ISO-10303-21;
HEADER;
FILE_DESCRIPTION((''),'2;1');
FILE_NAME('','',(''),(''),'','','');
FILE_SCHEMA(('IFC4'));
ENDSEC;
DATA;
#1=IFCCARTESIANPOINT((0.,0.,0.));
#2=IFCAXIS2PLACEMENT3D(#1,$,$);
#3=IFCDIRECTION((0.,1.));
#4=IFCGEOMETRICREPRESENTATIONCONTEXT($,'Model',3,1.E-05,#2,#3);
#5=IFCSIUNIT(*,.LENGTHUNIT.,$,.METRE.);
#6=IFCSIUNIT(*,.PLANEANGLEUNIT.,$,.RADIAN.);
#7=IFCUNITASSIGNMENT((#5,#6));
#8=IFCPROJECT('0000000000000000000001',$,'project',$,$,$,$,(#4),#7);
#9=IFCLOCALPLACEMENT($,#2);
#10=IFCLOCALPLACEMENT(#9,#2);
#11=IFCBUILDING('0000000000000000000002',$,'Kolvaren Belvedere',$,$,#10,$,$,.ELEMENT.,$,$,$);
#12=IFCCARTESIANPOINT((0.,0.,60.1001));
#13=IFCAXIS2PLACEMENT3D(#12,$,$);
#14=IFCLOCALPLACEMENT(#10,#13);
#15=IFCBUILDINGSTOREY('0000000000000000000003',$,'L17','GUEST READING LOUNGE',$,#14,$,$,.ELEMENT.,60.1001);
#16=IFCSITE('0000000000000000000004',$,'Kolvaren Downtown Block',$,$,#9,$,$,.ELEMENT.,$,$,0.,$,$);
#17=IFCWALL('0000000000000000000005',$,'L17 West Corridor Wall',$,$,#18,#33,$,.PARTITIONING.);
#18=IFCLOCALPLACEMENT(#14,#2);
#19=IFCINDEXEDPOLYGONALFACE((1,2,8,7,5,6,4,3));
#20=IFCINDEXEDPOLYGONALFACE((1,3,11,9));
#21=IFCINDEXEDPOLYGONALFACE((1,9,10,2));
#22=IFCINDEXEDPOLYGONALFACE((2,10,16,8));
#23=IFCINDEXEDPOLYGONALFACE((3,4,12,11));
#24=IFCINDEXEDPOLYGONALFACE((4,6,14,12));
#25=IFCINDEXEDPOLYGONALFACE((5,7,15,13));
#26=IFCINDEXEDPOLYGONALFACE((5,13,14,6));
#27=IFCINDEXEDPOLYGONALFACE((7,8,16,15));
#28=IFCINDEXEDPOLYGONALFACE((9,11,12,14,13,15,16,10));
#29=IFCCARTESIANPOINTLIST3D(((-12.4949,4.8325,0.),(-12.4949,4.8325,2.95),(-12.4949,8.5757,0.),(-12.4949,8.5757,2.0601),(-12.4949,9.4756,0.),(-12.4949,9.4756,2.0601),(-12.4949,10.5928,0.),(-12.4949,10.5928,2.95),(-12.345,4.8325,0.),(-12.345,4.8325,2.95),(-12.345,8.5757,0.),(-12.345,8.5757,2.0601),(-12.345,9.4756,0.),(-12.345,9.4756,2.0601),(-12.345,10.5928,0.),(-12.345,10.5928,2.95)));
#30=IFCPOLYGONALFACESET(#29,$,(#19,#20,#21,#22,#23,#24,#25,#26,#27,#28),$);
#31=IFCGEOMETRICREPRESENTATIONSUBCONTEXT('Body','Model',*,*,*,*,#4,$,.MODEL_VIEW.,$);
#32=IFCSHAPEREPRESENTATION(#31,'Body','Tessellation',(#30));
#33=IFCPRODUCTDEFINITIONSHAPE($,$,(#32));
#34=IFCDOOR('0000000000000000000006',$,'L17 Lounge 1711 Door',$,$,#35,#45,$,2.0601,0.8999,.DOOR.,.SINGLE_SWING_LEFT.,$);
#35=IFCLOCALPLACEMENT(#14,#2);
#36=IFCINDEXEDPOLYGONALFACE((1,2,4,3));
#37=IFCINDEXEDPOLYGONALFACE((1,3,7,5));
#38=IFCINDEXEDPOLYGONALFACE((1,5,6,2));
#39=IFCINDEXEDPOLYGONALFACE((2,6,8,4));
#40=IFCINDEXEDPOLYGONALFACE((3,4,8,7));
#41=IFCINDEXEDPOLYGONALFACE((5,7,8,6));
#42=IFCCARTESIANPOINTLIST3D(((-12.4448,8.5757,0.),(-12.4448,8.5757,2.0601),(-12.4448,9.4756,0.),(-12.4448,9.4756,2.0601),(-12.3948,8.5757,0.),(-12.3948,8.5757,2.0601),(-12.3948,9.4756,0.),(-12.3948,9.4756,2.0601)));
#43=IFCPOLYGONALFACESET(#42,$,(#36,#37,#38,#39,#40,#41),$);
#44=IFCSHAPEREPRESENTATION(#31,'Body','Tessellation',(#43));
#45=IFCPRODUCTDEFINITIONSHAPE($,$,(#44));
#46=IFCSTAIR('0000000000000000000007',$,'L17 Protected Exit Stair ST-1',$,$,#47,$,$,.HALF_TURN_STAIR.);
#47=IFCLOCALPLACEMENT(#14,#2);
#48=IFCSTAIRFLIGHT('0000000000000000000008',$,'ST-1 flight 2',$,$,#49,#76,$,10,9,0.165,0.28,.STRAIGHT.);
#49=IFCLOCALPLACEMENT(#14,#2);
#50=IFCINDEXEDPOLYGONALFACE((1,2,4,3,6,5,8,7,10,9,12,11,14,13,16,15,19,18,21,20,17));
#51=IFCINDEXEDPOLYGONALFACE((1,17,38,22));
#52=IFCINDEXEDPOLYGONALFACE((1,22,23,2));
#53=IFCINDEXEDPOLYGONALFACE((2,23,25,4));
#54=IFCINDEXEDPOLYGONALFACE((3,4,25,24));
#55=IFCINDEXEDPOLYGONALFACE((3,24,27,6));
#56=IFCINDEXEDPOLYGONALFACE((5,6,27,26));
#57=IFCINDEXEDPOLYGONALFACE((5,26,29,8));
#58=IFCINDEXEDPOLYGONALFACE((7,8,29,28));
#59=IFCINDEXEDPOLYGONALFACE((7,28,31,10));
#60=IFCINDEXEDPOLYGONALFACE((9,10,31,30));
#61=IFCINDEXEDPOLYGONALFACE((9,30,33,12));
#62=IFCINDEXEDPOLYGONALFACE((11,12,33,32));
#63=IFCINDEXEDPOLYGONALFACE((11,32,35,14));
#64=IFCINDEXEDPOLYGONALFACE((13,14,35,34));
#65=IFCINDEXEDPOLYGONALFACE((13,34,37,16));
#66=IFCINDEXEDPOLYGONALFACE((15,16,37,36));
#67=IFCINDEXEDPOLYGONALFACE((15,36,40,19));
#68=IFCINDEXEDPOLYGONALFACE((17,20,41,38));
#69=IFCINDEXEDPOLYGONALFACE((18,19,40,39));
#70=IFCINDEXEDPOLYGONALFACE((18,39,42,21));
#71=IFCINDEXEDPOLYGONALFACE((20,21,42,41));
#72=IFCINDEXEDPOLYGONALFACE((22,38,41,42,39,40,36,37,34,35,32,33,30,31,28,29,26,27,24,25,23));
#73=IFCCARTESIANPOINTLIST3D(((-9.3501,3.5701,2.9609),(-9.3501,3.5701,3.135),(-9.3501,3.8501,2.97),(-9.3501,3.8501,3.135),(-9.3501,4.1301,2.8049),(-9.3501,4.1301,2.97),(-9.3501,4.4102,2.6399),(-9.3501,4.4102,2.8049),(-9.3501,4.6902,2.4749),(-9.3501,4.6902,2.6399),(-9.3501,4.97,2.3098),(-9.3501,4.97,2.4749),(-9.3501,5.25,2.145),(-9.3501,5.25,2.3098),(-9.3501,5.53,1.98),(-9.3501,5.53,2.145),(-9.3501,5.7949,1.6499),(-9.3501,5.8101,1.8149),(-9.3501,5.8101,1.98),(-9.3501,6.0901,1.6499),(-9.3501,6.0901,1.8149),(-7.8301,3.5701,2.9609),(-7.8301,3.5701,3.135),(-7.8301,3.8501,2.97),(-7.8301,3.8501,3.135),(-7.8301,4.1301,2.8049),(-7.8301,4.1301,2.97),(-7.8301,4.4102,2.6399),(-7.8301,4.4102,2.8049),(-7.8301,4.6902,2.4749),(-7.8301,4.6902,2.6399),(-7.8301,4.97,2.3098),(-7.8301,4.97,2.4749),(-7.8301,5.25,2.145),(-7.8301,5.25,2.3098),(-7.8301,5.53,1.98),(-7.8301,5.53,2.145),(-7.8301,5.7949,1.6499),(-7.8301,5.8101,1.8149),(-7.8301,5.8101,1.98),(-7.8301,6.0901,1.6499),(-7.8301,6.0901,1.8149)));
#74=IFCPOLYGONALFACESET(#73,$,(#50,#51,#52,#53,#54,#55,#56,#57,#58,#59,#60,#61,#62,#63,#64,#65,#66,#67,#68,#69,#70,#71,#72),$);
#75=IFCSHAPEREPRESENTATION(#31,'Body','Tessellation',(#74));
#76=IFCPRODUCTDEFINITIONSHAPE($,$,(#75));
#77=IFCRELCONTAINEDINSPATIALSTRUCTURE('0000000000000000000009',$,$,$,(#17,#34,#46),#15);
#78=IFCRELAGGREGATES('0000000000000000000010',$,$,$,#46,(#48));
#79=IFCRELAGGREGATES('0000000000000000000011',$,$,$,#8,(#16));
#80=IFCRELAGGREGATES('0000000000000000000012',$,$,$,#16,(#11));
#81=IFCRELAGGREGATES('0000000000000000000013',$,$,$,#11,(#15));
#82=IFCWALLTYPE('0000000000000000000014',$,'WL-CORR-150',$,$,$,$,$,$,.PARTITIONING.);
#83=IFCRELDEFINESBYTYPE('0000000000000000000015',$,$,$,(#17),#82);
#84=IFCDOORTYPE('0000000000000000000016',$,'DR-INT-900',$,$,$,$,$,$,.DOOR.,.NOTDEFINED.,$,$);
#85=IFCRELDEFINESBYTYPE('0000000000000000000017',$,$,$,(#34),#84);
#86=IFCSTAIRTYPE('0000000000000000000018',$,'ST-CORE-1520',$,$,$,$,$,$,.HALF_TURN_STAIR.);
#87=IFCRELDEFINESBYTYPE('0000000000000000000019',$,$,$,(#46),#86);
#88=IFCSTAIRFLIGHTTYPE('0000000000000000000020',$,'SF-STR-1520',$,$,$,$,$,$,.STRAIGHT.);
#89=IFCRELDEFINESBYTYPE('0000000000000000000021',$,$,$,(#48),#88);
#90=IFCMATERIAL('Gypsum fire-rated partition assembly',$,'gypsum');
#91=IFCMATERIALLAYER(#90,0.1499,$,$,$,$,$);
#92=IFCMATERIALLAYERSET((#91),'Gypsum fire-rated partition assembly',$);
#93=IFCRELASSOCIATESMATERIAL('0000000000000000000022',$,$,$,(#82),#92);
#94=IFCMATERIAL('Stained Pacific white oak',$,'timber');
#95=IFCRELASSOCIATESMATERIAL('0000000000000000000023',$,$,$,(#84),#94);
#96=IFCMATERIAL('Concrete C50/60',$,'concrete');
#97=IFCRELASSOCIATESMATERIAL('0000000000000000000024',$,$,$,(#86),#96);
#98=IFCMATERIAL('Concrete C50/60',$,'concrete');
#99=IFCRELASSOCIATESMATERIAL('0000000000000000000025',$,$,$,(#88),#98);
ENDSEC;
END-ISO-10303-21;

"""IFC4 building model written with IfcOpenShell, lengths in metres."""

from ifc_helpers import new_model, si_unit, direction, frame, frame_2d, origin, place, context, subcontext, project, spatial, polyline, rectangle, outline, extrude, material, layer, layer_set, type_object, element, fill, aggregate, save


model = new_model("IFC4")

# Units and contexts
model_context = context("Model", 3, precision=1e-05, world=origin(), true_north=direction((0.0, 1.0)))
body_context = subcontext(model_context, "Body", "Model", "MODEL_VIEW")
ifc_project = project(units=[si_unit("LENGTHUNIT", "METRE"), si_unit("PLANEANGLEUNIT", "RADIAN")], contexts=[model_context])

# Site, building, storey
site_placement = place(None, origin())
site = spatial("IfcSite", under=ifc_project, at=site_placement, Name="Kolvaren Downtown Block", CompositionType="ELEMENT", RefElevation=0.0)
building_placement = place(site_placement, origin())
building = spatial("IfcBuilding", under=site, at=building_placement, Name="Kolvaren Belvedere", CompositionType="ELEMENT")
storey_placement = place(building_placement, frame((0.0, 0.0, 60.1001)))
storey = spatial("IfcBuildingStorey", under=building, at=storey_placement, Name="L17", Description="GUEST READING LOUNGE", CompositionType="ELEMENT", Elevation=60.1001)

# Shared definitions
ifc_material_1 = material(Name="Gypsum fire-rated partition assembly", Category="gypsum")
ifc_layer_1 = layer(ifc_material_1, 0.1499)
ifc_layer_set_1 = layer_set([ifc_layer_1], Name="Gypsum fire-rated partition assembly")
wall_type_1 = type_object("IfcWallType", Name="WL-CORR-150", PredefinedType="PARTITIONING", material=ifc_layer_set_1)

# Wall, opening, door
wall_1_placement = place(storey_placement, frame((-12.4199, 4.8325, 0.0), z_axis=(0.0, 0.0, 1.0), x_axis=(0.0, 1.0, 0.0)))
wall_1 = element("IfcWall", 1, at=wall_1_placement, inside=storey, type_object=wall_type_1, Name="L17 West Corridor Wall", PredefinedType="PARTITIONING", context=body_context, shape_type="SweptSolid", body=[
    extrude(rectangle(XDim=5.7603, YDim=0.1499, at=frame_2d((2.8801, 0.0))), origin(), (0.0, 0.0, 1.0), 2.95),
])
opening_1_placement = place(wall_1_placement, frame((3.7432, 0.0, 0.0)))
opening_1 = element("IfcOpeningElement", 2, at=opening_1_placement, cuts=wall_1, PredefinedType="OPENING", context=body_context, shape_type="SweptSolid", body=[
    extrude(rectangle(XDim=0.8999, YDim=2.0601, at=frame_2d((0.45, 1.03))), frame((0.0, 0.085, 0.0), z_axis=(0.0, -1.0, 0.0), x_axis=(1.0, 0.0, 0.0)), (0.0, 0.0, 1.0), 0.1699),
])
ifc_material_2 = material(Name="Stained Pacific white oak", Category="timber")
door_type_1 = type_object("IfcDoorType", Name="DR-INT-900", OperationType="NOTDEFINED", PredefinedType="DOOR", material=ifc_material_2)
door_1_placement = place(opening_1_placement, origin())
door_1 = element("IfcDoor", 3, at=door_1_placement, inside=storey, type_object=door_type_1, Name="L17 Lounge 1711 Door", OperationType="SINGLE_SWING_LEFT", OverallHeight=2.0601, OverallWidth=0.8999, PredefinedType="DOOR", context=body_context, shape_type="SweptSolid", body=[
    extrude(rectangle(XDim=0.8999, YDim=2.0601, at=frame_2d((0.45, 1.03))), frame((0.0, 0.0249, 0.0), z_axis=(0.0, -1.0, 0.0), x_axis=(1.0, 0.0, 0.0)), (0.0, 0.0, 1.0), 0.05),
])
fill(opening_1, door_1)

# Stair, stair flight
ifc_material_3 = material(Name="Concrete C50/60", Category="concrete")
stair_type = type_object("IfcStairType", Name="ST-CORE-1520", PredefinedType="HALF_TURN_STAIR", material=ifc_material_3)
stair_placement = place(storey_placement, origin())
stair = element("IfcStair", 4, at=stair_placement, inside=storey, type_object=stair_type, Name="L17 Protected Exit Stair ST-1", PredefinedType="HALF_TURN_STAIR")
ifc_material_4 = material(Name="Concrete C50/60", Category="concrete")
stair_flight_type = type_object("IfcStairFlightType", Name="SF-STR-1520", PredefinedType="STRAIGHT", material=ifc_material_4)
stair_flight_placement = place(storey_placement, frame((-8.5901, 6.0901, 1.6499), z_axis=(0.0, 0.0, 1.0), x_axis=(0.0, -1.0, 0.0)))
stair_flight = element("IfcStairFlight", 5, at=stair_flight_placement, type_object=stair_flight_type, Name="ST-1 flight 2", NumberOfRisers=10, NumberOfTreads=9, PredefinedType="STRAIGHT", RiserHeight=0.165, TreadLength=0.28, context=body_context, shape_type="SweptSolid", body=[
    extrude(outline(polyline([(0.0, 0.0), (0.0, 0.165), (0.28, 0.165), (0.28, 0.3301), (0.5601, 0.3301), (0.5601, 0.4951), (0.8401, 0.4951), (0.8401, 0.6599), (1.1201, 0.6599), (1.1201, 0.825), (1.3999, 0.825), (1.3999, 0.99), (1.6799, 0.99), (1.6799, 1.155), (1.96, 1.155), (1.96, 1.3201), (2.24, 1.3201), (2.24, 1.4851), (2.52, 1.4851), (2.52, 1.6499), (2.52, 1.311), (0.2952, 0.0), (0.0, 0.0)])), frame((0.0, 0.76, 0.0), z_axis=(0.0, -1.0, 0.0), x_axis=(1.0, 0.0, 0.0)), (0.0, 0.0, 1.0), 1.52),
])
aggregate(stair, [stair_flight])

save(model, "model.ifc")
